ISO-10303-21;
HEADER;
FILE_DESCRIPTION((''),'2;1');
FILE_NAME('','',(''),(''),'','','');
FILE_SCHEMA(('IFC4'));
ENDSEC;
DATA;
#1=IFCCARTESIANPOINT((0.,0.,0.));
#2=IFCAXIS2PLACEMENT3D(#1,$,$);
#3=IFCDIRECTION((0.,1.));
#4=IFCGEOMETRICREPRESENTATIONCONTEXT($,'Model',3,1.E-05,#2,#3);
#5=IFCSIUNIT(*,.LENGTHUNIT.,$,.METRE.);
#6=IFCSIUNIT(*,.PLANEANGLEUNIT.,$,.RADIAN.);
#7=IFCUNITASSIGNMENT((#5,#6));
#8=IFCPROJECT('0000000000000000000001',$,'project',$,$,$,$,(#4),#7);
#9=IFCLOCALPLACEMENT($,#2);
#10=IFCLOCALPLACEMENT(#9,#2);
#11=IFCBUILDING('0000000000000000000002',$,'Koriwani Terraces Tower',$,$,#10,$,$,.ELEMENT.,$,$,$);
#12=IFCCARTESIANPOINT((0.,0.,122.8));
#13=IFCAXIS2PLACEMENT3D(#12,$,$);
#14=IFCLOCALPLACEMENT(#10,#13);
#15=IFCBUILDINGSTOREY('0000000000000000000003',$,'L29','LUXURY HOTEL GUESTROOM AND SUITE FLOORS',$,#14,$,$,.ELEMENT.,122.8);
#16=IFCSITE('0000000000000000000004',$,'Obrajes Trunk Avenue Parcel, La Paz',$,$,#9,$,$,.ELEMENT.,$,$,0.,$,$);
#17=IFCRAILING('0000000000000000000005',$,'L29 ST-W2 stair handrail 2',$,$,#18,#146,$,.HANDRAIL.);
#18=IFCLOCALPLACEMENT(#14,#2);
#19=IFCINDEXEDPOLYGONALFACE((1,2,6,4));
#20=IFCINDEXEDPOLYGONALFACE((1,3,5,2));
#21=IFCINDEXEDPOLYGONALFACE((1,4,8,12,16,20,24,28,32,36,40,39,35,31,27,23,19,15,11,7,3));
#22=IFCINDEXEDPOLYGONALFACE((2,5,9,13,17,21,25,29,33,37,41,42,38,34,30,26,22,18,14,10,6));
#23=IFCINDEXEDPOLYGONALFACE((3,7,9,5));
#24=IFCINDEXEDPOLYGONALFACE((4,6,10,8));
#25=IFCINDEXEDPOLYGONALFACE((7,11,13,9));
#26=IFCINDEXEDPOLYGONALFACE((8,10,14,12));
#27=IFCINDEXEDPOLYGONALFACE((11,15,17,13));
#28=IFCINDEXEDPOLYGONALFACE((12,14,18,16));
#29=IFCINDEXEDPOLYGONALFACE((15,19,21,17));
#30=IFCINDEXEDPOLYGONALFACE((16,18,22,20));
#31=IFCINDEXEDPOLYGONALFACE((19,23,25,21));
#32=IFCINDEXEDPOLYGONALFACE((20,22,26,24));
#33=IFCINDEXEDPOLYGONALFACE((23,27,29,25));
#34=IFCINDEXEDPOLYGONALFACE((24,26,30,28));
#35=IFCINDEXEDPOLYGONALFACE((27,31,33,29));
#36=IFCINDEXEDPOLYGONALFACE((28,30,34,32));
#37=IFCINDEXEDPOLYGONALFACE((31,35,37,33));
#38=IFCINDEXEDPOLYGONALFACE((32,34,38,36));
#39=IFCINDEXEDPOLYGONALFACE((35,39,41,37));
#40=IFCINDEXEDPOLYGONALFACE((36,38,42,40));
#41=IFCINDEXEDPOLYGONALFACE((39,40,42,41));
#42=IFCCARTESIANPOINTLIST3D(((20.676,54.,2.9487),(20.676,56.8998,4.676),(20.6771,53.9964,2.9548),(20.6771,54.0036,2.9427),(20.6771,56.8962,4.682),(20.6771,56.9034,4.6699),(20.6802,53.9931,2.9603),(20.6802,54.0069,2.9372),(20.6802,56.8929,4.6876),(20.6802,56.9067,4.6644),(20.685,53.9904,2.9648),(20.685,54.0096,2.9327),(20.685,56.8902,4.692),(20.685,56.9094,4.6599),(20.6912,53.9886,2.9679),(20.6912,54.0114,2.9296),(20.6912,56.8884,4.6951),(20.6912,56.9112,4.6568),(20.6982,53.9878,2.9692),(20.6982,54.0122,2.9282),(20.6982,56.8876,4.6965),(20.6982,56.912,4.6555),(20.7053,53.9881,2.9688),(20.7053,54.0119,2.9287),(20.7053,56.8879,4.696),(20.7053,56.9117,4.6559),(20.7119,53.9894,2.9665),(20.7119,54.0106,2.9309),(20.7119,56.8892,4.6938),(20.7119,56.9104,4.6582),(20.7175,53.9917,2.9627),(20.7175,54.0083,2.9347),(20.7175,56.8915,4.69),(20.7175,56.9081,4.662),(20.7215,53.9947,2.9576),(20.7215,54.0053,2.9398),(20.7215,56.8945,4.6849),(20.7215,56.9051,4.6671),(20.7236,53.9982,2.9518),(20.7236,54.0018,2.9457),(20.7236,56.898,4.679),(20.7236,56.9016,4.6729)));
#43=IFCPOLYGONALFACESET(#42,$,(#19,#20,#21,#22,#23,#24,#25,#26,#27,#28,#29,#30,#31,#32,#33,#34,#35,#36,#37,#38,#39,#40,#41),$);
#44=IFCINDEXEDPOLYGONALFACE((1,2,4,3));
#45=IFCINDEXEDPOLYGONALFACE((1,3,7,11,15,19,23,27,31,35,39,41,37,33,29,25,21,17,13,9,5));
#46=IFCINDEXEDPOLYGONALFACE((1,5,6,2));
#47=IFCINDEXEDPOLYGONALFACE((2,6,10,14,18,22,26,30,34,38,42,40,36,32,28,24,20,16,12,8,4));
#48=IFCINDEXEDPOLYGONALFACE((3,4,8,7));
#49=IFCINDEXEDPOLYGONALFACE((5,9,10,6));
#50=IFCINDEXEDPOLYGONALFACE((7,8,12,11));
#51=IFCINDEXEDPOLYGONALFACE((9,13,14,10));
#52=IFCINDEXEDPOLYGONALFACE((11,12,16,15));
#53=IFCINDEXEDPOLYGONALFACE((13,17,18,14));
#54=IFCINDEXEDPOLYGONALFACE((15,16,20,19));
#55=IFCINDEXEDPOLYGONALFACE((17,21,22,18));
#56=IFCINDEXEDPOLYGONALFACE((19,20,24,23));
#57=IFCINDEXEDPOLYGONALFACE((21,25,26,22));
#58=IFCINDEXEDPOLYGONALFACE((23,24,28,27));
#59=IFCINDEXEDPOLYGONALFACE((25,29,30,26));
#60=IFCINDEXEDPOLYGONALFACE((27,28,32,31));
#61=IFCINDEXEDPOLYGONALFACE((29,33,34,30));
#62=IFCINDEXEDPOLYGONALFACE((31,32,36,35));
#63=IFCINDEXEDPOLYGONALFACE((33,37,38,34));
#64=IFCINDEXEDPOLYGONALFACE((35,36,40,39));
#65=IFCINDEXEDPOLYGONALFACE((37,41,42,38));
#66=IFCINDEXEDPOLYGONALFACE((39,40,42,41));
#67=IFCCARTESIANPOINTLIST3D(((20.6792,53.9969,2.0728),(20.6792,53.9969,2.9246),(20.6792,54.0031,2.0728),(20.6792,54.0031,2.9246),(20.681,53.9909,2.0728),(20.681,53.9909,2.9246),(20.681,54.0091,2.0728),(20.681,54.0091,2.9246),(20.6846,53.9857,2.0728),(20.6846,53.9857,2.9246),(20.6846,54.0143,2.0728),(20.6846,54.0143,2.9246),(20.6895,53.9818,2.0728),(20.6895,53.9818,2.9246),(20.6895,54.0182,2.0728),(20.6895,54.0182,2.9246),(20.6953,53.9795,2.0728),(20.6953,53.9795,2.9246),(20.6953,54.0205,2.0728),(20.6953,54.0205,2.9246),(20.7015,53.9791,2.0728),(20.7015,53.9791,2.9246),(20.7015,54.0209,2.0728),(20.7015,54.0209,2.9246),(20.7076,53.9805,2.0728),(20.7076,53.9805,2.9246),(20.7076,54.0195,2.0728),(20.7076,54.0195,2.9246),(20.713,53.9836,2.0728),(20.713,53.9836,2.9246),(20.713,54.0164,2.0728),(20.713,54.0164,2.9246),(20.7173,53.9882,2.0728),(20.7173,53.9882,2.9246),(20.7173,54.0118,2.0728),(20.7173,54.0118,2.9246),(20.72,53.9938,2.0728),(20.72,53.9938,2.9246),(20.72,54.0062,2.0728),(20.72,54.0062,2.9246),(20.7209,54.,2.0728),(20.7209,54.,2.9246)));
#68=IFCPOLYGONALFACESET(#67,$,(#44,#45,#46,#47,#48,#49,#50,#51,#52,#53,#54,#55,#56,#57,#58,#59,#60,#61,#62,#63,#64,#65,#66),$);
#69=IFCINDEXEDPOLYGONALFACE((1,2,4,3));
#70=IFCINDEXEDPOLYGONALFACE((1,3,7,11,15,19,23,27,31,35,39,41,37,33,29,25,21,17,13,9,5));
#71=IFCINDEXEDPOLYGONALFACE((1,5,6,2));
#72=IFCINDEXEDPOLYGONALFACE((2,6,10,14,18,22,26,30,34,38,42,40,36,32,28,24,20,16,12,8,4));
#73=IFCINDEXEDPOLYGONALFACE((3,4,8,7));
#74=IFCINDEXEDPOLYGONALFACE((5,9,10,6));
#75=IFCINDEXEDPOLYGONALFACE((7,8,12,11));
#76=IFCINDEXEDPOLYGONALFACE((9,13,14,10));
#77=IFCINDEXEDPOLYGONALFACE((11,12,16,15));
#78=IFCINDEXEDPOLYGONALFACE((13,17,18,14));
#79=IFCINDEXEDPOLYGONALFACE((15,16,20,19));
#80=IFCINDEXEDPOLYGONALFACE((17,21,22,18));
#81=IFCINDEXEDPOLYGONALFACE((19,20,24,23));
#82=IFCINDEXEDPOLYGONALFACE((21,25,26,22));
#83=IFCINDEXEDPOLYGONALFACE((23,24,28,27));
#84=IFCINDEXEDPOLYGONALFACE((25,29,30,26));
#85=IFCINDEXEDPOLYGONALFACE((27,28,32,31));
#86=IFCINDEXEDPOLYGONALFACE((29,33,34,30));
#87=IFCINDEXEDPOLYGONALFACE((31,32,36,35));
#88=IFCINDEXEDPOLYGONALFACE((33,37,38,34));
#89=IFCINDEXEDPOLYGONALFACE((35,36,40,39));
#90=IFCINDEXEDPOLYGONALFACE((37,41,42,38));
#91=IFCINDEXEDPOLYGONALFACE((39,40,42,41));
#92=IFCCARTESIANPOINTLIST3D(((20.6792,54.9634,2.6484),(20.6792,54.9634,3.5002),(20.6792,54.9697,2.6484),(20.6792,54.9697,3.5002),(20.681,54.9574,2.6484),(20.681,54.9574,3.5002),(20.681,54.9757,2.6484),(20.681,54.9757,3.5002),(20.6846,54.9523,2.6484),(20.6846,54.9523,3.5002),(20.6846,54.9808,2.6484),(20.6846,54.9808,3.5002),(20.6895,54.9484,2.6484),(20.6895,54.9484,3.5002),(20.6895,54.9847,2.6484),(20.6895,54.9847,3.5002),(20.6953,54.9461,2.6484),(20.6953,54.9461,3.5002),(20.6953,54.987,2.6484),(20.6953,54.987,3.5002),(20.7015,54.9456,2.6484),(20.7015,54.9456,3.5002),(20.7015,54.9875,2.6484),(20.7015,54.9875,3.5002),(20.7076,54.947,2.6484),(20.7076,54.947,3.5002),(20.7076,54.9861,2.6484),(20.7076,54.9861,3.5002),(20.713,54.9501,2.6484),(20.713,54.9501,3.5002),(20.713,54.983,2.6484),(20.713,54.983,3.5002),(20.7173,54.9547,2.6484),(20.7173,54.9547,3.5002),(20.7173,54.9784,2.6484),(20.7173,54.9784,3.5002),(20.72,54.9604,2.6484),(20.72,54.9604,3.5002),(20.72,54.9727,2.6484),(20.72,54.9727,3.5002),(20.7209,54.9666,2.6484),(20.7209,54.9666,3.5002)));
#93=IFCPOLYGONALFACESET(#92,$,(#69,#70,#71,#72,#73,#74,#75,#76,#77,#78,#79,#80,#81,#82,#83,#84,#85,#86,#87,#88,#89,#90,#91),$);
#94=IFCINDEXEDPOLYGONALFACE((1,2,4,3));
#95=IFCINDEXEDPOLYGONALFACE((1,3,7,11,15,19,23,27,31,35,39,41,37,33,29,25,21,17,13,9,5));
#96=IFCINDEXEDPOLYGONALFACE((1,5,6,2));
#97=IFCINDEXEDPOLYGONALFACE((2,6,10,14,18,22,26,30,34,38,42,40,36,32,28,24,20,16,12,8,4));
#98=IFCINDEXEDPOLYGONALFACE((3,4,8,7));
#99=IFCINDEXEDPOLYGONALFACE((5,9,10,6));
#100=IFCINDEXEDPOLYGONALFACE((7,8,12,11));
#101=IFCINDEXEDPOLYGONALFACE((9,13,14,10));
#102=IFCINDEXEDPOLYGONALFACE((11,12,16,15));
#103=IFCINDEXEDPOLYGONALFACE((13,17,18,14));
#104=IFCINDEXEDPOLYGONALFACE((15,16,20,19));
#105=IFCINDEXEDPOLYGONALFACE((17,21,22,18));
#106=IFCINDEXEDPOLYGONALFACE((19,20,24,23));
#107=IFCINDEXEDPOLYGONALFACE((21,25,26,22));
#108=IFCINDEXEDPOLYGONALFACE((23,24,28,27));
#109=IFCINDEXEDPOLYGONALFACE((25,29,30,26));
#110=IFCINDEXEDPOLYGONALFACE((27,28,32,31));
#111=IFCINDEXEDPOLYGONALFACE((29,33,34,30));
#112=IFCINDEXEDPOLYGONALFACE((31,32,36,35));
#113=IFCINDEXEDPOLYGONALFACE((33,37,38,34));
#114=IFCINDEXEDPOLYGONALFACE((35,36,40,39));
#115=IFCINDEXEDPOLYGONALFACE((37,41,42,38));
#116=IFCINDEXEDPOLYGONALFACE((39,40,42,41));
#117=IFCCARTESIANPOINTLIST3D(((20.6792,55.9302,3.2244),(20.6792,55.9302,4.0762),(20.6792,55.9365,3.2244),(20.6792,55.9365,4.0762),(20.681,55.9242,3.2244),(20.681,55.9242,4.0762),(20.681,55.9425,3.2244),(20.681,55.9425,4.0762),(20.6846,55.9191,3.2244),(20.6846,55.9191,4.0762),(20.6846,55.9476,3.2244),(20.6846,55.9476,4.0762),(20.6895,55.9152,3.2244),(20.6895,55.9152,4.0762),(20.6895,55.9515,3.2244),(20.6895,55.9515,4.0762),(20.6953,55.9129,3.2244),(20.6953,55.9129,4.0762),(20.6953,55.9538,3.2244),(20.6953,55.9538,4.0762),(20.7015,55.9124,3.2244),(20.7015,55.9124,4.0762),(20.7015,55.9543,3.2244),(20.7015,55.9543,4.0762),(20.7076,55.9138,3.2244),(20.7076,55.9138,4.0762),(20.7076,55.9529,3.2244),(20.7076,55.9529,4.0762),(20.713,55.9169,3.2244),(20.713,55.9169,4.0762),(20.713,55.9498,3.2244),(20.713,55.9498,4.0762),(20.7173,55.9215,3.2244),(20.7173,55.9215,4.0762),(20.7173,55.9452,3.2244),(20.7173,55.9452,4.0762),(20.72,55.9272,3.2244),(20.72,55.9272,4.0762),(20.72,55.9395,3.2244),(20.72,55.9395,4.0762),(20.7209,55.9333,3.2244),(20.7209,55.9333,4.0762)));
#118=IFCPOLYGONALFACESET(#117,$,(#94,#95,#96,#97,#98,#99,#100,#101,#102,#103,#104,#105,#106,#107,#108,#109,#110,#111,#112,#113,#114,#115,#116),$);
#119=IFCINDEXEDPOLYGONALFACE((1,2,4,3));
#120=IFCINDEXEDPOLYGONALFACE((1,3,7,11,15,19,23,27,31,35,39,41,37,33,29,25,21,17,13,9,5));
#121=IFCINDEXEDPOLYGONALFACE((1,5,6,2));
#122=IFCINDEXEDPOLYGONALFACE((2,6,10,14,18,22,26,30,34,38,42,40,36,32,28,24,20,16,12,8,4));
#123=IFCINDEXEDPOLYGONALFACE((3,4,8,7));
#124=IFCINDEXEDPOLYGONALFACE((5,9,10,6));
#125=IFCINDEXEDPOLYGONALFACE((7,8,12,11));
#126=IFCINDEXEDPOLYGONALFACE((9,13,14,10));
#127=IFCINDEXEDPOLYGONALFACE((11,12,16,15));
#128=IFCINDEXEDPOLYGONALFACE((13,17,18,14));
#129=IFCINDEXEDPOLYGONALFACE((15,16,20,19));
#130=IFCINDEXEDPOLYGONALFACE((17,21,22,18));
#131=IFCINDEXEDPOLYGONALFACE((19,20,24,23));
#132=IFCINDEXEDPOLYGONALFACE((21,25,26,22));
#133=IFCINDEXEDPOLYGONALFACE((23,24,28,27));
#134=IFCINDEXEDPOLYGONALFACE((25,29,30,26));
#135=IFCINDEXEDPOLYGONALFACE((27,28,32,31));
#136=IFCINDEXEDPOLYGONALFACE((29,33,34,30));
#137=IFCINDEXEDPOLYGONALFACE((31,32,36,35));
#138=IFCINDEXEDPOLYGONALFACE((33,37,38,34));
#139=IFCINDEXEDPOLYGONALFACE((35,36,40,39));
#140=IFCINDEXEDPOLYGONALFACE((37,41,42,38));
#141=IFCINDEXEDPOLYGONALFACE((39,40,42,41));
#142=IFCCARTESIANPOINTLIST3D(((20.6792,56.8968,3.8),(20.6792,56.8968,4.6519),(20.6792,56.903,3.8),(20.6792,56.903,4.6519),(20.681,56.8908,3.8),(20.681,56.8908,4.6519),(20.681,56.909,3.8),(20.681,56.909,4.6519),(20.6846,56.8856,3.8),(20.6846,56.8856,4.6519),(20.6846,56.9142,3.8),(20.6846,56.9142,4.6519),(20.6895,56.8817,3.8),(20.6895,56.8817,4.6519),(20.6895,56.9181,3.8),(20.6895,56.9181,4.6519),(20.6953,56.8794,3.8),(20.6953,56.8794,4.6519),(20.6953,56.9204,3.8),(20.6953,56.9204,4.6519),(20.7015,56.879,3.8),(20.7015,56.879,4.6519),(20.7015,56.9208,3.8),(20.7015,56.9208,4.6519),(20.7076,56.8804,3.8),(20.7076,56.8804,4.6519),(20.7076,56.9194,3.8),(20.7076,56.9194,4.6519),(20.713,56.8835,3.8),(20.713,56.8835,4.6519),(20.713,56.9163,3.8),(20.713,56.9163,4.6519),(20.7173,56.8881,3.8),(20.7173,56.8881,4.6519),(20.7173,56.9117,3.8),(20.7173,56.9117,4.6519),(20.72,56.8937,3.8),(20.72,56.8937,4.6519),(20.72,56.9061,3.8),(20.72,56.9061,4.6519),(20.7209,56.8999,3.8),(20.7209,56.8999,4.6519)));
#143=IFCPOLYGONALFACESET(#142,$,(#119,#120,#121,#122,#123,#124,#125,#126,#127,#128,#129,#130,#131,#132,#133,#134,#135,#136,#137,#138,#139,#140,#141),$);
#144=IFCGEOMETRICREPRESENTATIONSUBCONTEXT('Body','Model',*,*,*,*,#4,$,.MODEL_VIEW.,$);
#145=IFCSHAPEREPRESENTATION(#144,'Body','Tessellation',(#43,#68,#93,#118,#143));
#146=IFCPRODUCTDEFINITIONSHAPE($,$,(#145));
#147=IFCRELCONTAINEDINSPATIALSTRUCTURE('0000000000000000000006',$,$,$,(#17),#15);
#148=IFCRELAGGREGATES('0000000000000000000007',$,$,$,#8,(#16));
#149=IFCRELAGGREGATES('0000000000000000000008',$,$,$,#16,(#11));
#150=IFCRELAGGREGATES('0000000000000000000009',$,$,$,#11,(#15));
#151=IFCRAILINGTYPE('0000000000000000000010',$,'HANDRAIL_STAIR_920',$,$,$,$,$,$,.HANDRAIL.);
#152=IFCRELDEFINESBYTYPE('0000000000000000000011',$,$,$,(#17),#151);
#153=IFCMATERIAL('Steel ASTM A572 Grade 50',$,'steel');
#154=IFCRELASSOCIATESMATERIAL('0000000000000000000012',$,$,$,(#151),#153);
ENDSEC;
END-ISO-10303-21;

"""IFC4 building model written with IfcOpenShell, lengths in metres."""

from ifc_helpers import new_model, si_unit, direction, frame, origin, origin_2d, place, context, subcontext, project, spatial, circle, extrude, material, type_object, element, save


model = new_model("IFC4")

# Units and contexts
model_context = context("Model", 3, precision=1e-05, world=origin(), true_north=direction((0.0, 1.0)))
body_context = subcontext(model_context, "Body", "Model", "MODEL_VIEW")
ifc_project = project(units=[si_unit("LENGTHUNIT", "METRE"), si_unit("PLANEANGLEUNIT", "RADIAN")], contexts=[model_context])

# Site, building, storey
site_placement = place(None, origin())
site = spatial("IfcSite", under=ifc_project, at=site_placement, Name="Obrajes Trunk Avenue Parcel, La Paz", CompositionType="ELEMENT", RefElevation=0.0)
building_placement = place(site_placement, origin())
building = spatial("IfcBuilding", under=site, at=building_placement, Name="Koriwani Terraces Tower", CompositionType="ELEMENT")
storey_placement = place(building_placement, frame((0.0, 0.0, 122.8)))
storey = spatial("IfcBuildingStorey", under=building, at=storey_placement, Name="L29", Description="LUXURY HOTEL GUESTROOM AND SUITE FLOORS", CompositionType="ELEMENT", Elevation=122.8)

# Shared definitions
ifc_material_1 = material(Name="Steel ASTM A572 Grade 50", Category="steel")

# Railing
railing_type_1 = type_object("IfcRailingType", Name="HANDRAIL_STAIR_920", PredefinedType="HANDRAIL", material=ifc_material_1)
railing_1_placement = place(storey_placement, frame((20.7, 54.0, 2.0728)))
element("IfcRailing", 1, at=railing_1_placement, inside=storey, type_object=railing_type_1, Name="L29 ST-W2 stair handrail 2", PredefinedType="HANDRAIL", context=body_context, shape_type="SweptSolid", body=[
    extrude(circle(Radius=0.0239, at=origin_2d()), frame((0.0, 0.0, 0.876), z_axis=(0.0, 0.859141, 0.511738), x_axis=(-1.0, 0.0, 0.0)), (0.0, 0.0, 1.0), 3.3752),
    extrude(circle(Radius=0.021, at=origin_2d()), origin(), (0.0, 0.0, 1.0), 0.8518),
    extrude(circle(Radius=0.021, at=origin_2d()), frame((0.0, 0.9666, 0.5757)), (0.0, 0.0, 1.0), 0.8518),
    extrude(circle(Radius=0.021, at=origin_2d()), frame((0.0, 1.9333, 1.1516)), (0.0, 0.0, 1.0), 0.8518),
    extrude(circle(Radius=0.021, at=origin_2d()), frame((0.0, 2.8999, 1.7273)), (0.0, 0.0, 1.0), 0.8518),
])

save(model, "model.ifc")
